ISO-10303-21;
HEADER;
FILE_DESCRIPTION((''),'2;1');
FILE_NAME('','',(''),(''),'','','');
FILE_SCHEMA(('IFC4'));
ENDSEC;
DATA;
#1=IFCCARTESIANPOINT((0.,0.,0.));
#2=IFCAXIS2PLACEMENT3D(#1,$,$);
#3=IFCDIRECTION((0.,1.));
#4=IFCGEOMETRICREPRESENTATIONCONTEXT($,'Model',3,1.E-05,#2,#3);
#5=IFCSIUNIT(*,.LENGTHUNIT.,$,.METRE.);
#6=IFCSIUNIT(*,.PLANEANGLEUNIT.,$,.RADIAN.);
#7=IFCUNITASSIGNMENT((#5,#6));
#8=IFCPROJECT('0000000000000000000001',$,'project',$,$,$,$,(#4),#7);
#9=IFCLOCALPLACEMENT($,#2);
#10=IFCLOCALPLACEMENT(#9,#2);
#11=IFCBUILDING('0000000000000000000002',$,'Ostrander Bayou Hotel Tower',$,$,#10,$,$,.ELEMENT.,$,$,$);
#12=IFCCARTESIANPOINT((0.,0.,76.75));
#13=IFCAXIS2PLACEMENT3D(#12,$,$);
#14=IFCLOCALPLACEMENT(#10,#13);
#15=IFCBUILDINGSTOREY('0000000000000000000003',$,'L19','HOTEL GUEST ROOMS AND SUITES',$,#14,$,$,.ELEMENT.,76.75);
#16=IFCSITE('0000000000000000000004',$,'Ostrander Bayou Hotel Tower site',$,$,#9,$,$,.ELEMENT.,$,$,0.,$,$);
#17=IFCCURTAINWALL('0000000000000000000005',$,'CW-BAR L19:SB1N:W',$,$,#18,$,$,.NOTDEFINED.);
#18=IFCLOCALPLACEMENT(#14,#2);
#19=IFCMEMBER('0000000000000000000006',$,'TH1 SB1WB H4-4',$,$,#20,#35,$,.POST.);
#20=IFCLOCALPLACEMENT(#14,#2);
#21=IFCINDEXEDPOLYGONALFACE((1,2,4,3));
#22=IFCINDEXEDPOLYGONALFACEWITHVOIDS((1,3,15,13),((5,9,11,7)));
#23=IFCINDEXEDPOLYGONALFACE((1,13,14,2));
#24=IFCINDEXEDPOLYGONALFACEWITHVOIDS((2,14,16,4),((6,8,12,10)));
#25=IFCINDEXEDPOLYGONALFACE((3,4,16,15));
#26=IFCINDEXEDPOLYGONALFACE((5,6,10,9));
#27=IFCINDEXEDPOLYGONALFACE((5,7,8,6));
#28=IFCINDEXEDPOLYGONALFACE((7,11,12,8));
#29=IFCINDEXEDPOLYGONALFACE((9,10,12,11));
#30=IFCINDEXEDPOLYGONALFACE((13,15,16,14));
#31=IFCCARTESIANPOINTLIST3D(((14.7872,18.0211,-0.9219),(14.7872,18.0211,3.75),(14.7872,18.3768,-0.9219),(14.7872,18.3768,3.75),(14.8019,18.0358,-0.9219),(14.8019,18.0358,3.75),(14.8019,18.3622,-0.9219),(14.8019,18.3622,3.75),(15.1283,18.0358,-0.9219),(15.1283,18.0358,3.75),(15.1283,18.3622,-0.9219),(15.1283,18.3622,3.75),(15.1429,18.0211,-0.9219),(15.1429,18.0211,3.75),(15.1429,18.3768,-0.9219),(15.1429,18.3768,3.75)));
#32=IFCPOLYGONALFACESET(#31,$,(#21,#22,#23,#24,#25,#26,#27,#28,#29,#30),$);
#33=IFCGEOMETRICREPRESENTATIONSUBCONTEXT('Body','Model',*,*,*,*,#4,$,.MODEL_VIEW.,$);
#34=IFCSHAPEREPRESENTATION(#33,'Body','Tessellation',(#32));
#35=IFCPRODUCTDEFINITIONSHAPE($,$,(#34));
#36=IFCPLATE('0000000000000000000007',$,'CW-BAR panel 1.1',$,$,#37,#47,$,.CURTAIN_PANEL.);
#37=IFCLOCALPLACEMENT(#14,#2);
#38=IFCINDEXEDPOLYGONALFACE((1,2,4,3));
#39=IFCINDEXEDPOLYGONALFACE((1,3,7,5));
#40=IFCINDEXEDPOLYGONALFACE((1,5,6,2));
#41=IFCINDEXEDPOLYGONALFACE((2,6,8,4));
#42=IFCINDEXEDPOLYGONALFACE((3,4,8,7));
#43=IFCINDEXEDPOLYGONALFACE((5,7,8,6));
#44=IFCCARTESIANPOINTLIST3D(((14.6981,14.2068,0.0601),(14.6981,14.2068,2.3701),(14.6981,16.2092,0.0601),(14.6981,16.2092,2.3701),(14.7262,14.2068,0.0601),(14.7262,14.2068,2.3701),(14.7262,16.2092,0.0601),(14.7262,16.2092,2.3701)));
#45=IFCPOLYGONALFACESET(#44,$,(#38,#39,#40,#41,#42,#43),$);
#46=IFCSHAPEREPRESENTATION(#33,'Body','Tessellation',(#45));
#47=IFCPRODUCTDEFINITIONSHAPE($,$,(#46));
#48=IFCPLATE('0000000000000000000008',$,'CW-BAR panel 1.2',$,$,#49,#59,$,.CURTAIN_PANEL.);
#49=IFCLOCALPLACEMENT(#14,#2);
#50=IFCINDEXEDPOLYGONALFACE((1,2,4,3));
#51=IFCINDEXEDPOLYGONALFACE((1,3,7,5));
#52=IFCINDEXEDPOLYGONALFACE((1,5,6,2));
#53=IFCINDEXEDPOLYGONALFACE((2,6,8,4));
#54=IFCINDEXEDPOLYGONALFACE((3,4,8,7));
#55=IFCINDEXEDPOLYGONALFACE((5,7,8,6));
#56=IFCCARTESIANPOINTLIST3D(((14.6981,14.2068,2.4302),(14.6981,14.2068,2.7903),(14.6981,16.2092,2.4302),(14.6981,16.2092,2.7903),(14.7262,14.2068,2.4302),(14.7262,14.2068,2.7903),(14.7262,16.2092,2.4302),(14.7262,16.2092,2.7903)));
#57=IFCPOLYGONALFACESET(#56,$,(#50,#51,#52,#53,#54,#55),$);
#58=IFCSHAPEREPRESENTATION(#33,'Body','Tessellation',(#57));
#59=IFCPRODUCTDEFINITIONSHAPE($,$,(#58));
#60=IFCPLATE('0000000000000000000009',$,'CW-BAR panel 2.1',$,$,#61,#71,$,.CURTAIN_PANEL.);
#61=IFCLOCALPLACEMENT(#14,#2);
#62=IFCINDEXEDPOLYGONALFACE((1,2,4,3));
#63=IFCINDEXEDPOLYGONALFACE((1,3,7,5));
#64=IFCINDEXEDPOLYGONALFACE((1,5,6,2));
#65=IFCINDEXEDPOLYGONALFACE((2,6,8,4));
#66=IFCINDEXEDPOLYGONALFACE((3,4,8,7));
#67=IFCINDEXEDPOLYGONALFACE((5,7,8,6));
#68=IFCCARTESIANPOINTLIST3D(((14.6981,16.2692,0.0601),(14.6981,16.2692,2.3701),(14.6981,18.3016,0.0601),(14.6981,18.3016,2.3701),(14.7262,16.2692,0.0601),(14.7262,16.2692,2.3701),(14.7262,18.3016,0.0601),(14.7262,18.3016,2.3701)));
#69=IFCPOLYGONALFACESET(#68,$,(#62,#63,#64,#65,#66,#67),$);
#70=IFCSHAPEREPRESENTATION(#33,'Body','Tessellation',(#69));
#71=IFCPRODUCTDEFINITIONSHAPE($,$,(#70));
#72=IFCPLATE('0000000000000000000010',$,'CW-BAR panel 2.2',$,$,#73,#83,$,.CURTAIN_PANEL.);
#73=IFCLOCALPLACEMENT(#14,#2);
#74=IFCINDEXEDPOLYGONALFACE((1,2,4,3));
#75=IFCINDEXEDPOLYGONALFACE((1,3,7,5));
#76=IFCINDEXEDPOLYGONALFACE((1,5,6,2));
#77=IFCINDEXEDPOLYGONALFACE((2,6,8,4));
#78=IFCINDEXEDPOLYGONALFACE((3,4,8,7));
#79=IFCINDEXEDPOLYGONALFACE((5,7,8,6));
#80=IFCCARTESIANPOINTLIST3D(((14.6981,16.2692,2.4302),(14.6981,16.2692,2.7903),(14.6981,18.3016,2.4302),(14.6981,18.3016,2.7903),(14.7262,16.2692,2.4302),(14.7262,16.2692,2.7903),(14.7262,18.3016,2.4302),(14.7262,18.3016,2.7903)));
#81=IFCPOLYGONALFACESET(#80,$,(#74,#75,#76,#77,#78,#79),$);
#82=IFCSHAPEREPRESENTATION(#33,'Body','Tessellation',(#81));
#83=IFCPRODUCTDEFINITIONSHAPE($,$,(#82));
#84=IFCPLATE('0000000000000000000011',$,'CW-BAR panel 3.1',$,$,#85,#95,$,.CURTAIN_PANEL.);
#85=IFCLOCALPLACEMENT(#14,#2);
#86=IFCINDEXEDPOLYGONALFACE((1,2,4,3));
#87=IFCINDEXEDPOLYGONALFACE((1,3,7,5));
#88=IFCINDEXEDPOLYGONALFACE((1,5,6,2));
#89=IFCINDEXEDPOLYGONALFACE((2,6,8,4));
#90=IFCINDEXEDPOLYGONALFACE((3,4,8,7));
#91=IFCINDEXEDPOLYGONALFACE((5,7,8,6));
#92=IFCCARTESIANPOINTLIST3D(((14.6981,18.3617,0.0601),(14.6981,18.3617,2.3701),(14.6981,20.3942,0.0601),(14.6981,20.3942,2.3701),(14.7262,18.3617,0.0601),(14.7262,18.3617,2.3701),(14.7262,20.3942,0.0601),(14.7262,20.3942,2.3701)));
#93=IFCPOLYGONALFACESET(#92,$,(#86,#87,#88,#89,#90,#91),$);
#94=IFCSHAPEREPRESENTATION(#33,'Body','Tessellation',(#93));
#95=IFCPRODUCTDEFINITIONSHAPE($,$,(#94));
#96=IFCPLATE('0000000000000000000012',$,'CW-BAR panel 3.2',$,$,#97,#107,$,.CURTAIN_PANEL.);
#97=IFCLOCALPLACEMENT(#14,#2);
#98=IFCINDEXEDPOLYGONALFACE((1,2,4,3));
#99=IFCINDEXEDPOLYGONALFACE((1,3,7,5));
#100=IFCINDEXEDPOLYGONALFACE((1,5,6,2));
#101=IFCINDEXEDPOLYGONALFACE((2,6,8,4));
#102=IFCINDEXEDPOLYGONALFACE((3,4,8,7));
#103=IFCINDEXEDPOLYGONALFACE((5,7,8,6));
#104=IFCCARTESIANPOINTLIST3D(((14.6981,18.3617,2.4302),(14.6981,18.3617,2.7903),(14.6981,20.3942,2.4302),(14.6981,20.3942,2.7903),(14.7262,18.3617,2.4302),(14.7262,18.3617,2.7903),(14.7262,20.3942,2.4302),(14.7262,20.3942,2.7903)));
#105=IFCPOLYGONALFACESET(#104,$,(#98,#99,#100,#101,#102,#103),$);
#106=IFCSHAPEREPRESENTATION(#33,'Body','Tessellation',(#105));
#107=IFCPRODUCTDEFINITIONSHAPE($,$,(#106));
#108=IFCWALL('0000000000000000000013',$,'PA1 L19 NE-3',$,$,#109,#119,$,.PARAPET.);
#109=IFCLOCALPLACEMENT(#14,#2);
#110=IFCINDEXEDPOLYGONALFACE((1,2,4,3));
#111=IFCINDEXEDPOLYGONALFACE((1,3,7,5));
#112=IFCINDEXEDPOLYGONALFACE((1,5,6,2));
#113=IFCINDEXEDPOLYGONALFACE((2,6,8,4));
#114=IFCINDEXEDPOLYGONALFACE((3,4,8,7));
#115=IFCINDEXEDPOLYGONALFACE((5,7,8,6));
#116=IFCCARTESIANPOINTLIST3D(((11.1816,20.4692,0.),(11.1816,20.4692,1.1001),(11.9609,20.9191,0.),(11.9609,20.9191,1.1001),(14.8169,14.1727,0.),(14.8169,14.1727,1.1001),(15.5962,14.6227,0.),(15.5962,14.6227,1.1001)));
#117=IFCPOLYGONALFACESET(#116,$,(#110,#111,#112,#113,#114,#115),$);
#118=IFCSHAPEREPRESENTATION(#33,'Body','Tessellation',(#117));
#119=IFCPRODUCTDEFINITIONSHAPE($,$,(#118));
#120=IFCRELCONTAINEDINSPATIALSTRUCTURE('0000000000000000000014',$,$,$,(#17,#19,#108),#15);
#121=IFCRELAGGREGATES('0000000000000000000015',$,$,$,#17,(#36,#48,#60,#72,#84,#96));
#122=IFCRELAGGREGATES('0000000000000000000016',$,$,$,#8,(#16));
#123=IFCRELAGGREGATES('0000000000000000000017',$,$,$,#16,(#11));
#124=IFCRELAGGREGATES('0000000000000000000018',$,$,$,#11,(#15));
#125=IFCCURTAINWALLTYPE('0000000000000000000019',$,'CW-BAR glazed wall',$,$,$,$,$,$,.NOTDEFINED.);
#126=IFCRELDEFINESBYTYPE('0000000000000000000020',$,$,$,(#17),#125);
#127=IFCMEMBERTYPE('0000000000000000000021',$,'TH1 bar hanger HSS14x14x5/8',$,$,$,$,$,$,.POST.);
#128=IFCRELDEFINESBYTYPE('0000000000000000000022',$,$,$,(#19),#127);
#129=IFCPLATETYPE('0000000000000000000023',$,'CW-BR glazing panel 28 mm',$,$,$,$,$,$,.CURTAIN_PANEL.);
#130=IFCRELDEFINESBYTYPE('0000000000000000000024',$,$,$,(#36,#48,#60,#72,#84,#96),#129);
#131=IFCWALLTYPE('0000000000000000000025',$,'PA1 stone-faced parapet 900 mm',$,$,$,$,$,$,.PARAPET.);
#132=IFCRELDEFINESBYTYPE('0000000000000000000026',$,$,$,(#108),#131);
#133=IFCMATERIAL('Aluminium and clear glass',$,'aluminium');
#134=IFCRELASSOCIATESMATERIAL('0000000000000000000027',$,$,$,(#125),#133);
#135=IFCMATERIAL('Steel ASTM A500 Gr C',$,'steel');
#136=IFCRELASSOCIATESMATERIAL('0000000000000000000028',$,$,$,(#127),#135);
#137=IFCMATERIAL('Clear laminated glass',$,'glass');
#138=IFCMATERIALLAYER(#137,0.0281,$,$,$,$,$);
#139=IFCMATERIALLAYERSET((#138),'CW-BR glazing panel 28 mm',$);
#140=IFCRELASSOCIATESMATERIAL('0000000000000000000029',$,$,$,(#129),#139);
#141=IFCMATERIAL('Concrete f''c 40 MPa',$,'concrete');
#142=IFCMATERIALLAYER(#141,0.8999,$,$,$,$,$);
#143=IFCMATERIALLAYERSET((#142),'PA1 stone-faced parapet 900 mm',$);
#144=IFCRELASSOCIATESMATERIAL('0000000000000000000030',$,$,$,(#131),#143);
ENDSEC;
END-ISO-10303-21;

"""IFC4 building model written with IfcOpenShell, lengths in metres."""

from ifc_helpers import new_model, si_unit, direction, frame, frame_2d, origin, origin_2d, place, context, subcontext, project, spatial, rectangle, hollow_rectangle, extrude, material, layer, layer_set, material_profile, profile_set, type_object, element, aggregate, save


model = new_model("IFC4")

# Units and contexts
model_context = context("Model", 3, precision=1e-05, world=origin(), true_north=direction((0.0, 1.0)))
body_context = subcontext(model_context, "Body", "Model", "MODEL_VIEW")
ifc_project = project(units=[si_unit("LENGTHUNIT", "METRE"), si_unit("PLANEANGLEUNIT", "RADIAN")], contexts=[model_context])

# Site, building, storey
site_placement = place(None, origin())
site = spatial("IfcSite", under=ifc_project, at=site_placement, Name="Ostrander Bayou Hotel Tower site", CompositionType="ELEMENT", RefElevation=0.0)
building_placement = place(site_placement, origin())
building = spatial("IfcBuilding", under=site, at=building_placement, Name="Ostrander Bayou Hotel Tower", CompositionType="ELEMENT")
storey_placement = place(building_placement, frame((0.0, 0.0, 76.75)))
storey = spatial("IfcBuildingStorey", under=building, at=storey_placement, Name="L19", Description="HOTEL GUEST ROOMS AND SUITES", CompositionType="ELEMENT", Elevation=76.75)

# Curtain wall
ifc_material_1 = material(Name="Aluminium and clear glass", Category="aluminium")
curtain_wall_type = type_object("IfcCurtainWallType", Name="CW-BAR glazed wall", PredefinedType="NOTDEFINED", material=ifc_material_1)
curtain_wall_placement = place(storey_placement, origin())
curtain_wall = element("IfcCurtainWall", 1, at=curtain_wall_placement, inside=storey, type_object=curtain_wall_type, Name="CW-BAR L19:SB1N:W", PredefinedType="NOTDEFINED")

# Member
ifc_material_2 = material(Name="Steel ASTM A500 Gr C", Category="steel")
ifc_material_profile_1 = material_profile(ifc_material_2, hollow_rectangle(XDim=0.3557, YDim=0.3557, WallThickness=0.0146, at=origin_2d()))
ifc_profile_set_1 = profile_set([ifc_material_profile_1], Name="Steel ASTM A500 Gr C")
member_type_1 = type_object("IfcMemberType", Name="TH1 bar hanger HSS14x14x5/8", PredefinedType="POST", material=ifc_profile_set_1)
member_1_placement = place(storey_placement, frame((14.9651, 18.199, -0.9219), z_axis=(0.0, 0.0, 1.0), x_axis=(1.0, 0.0, 0.0)))
element("IfcMember", 2, at=member_1_placement, inside=storey, type_object=member_type_1, Name="TH1 SB1WB H4-4", PredefinedType="POST", context=body_context, shape_type="SweptSolid", body=[
    extrude(hollow_rectangle(XDim=0.3557, YDim=0.3557, WallThickness=0.0146, at=origin_2d()), origin(), (0.0, 0.0, 1.0), 4.6719),
])

# Plates
ifc_material_3 = material(Name="Clear laminated glass", Category="glass")
ifc_layer_1 = layer(ifc_material_3, 0.0281)
ifc_layer_set_1 = layer_set([ifc_layer_1], Name="CW-BR glazing panel 28 mm")
plate_type = type_object("IfcPlateType", Name="CW-BR glazing panel 28 mm", PredefinedType="CURTAIN_PANEL", material=ifc_layer_set_1)
plate_1_placement = place(storey_placement, frame((14.7122, 15.208, 0.0601), z_axis=(0.0, 0.0, 1.0), x_axis=(0.0, 1.0, 0.0)))
plate_1 = element("IfcPlate", 3, at=plate_1_placement, type_object=plate_type, Name="CW-BAR panel 1.1", PredefinedType="CURTAIN_PANEL", context=body_context, shape_type="SweptSolid", body=[
    extrude(rectangle(XDim=2.0024, YDim=0.0281, at=origin_2d()), origin(), (0.0, 0.0, 1.0), 2.3101),
])
plate_2_placement = place(storey_placement, frame((14.7122, 15.208, 2.4302), z_axis=(0.0, 0.0, 1.0), x_axis=(0.0, 1.0, 0.0)))
plate_2 = element("IfcPlate", 4, at=plate_2_placement, type_object=plate_type, Name="CW-BAR panel 1.2", PredefinedType="CURTAIN_PANEL", context=body_context, shape_type="SweptSolid", body=[
    extrude(rectangle(XDim=2.0024, YDim=0.0281, at=origin_2d()), origin(), (0.0, 0.0, 1.0), 0.3601),
])
plate_3_placement = place(storey_placement, frame((14.7122, 17.2854, 0.0601), z_axis=(0.0, 0.0, 1.0), x_axis=(0.0, 1.0, 0.0)))
plate_3 = element("IfcPlate", 5, at=plate_3_placement, type_object=plate_type, Name="CW-BAR panel 2.1", PredefinedType="CURTAIN_PANEL", context=body_context, shape_type="SweptSolid", body=[
    extrude(rectangle(XDim=2.0325, YDim=0.0281, at=origin_2d()), origin(), (0.0, 0.0, 1.0), 2.3101),
])
plate_4_placement = place(storey_placement, frame((14.7122, 17.2854, 2.4302), z_axis=(0.0, 0.0, 1.0), x_axis=(0.0, 1.0, 0.0)))
plate_4 = element("IfcPlate", 6, at=plate_4_placement, type_object=plate_type, Name="CW-BAR panel 2.2", PredefinedType="CURTAIN_PANEL", context=body_context, shape_type="SweptSolid", body=[
    extrude(rectangle(XDim=2.0325, YDim=0.0281, at=origin_2d()), origin(), (0.0, 0.0, 1.0), 0.3601),
])
plate_5_placement = place(storey_placement, frame((14.7122, 19.3779, 0.0601), z_axis=(0.0, 0.0, 1.0), x_axis=(0.0, 1.0, 0.0)))
plate_5 = element("IfcPlate", 7, at=plate_5_placement, type_object=plate_type, Name="CW-BAR panel 3.1", PredefinedType="CURTAIN_PANEL", context=body_context, shape_type="SweptSolid", body=[
    extrude(rectangle(XDim=2.0325, YDim=0.0281, at=origin_2d()), origin(), (0.0, 0.0, 1.0), 2.3101),
])
plate_6_placement = place(storey_placement, frame((14.7122, 19.3779, 2.4302), z_axis=(0.0, 0.0, 1.0), x_axis=(0.0, 1.0, 0.0)))
plate_6 = element("IfcPlate", 8, at=plate_6_placement, type_object=plate_type, Name="CW-BAR panel 3.2", PredefinedType="CURTAIN_PANEL", context=body_context, shape_type="SweptSolid", body=[
    extrude(rectangle(XDim=2.0325, YDim=0.0281, at=origin_2d()), origin(), (0.0, 0.0, 1.0), 0.3601),
])
aggregate(curtain_wall, [plate_1, plate_2, plate_3, plate_4, plate_5, plate_6])

# Wall
ifc_material_4 = material(Name="Concrete f'c 40 MPa", Category="concrete")
ifc_layer_2 = layer(ifc_material_4, 0.8999)
ifc_layer_set_2 = layer_set([ifc_layer_2], Name="PA1 stone-faced parapet 900 mm")
wall_type = type_object("IfcWallType", Name="PA1 stone-faced parapet 900 mm", PredefinedType="PARAPET", material=ifc_layer_set_2)
wall_placement = place(storey_placement, frame((15.2065, 14.3977, 0.0), z_axis=(0.0, 0.0, 1.0), x_axis=(-0.500003, 0.866023, 0.0)))
element("IfcWall", 9, at=wall_placement, inside=storey, type_object=wall_type, Name="PA1 L19 NE-3", PredefinedType="PARAPET", context=body_context, shape_type="SweptSolid", body=[
    extrude(rectangle(XDim=7.2705, YDim=0.8999, at=frame_2d((3.6353, 0.0))), origin(), (0.0, 0.0, 1.0), 1.1001),
])

save(model, "model.ifc")
